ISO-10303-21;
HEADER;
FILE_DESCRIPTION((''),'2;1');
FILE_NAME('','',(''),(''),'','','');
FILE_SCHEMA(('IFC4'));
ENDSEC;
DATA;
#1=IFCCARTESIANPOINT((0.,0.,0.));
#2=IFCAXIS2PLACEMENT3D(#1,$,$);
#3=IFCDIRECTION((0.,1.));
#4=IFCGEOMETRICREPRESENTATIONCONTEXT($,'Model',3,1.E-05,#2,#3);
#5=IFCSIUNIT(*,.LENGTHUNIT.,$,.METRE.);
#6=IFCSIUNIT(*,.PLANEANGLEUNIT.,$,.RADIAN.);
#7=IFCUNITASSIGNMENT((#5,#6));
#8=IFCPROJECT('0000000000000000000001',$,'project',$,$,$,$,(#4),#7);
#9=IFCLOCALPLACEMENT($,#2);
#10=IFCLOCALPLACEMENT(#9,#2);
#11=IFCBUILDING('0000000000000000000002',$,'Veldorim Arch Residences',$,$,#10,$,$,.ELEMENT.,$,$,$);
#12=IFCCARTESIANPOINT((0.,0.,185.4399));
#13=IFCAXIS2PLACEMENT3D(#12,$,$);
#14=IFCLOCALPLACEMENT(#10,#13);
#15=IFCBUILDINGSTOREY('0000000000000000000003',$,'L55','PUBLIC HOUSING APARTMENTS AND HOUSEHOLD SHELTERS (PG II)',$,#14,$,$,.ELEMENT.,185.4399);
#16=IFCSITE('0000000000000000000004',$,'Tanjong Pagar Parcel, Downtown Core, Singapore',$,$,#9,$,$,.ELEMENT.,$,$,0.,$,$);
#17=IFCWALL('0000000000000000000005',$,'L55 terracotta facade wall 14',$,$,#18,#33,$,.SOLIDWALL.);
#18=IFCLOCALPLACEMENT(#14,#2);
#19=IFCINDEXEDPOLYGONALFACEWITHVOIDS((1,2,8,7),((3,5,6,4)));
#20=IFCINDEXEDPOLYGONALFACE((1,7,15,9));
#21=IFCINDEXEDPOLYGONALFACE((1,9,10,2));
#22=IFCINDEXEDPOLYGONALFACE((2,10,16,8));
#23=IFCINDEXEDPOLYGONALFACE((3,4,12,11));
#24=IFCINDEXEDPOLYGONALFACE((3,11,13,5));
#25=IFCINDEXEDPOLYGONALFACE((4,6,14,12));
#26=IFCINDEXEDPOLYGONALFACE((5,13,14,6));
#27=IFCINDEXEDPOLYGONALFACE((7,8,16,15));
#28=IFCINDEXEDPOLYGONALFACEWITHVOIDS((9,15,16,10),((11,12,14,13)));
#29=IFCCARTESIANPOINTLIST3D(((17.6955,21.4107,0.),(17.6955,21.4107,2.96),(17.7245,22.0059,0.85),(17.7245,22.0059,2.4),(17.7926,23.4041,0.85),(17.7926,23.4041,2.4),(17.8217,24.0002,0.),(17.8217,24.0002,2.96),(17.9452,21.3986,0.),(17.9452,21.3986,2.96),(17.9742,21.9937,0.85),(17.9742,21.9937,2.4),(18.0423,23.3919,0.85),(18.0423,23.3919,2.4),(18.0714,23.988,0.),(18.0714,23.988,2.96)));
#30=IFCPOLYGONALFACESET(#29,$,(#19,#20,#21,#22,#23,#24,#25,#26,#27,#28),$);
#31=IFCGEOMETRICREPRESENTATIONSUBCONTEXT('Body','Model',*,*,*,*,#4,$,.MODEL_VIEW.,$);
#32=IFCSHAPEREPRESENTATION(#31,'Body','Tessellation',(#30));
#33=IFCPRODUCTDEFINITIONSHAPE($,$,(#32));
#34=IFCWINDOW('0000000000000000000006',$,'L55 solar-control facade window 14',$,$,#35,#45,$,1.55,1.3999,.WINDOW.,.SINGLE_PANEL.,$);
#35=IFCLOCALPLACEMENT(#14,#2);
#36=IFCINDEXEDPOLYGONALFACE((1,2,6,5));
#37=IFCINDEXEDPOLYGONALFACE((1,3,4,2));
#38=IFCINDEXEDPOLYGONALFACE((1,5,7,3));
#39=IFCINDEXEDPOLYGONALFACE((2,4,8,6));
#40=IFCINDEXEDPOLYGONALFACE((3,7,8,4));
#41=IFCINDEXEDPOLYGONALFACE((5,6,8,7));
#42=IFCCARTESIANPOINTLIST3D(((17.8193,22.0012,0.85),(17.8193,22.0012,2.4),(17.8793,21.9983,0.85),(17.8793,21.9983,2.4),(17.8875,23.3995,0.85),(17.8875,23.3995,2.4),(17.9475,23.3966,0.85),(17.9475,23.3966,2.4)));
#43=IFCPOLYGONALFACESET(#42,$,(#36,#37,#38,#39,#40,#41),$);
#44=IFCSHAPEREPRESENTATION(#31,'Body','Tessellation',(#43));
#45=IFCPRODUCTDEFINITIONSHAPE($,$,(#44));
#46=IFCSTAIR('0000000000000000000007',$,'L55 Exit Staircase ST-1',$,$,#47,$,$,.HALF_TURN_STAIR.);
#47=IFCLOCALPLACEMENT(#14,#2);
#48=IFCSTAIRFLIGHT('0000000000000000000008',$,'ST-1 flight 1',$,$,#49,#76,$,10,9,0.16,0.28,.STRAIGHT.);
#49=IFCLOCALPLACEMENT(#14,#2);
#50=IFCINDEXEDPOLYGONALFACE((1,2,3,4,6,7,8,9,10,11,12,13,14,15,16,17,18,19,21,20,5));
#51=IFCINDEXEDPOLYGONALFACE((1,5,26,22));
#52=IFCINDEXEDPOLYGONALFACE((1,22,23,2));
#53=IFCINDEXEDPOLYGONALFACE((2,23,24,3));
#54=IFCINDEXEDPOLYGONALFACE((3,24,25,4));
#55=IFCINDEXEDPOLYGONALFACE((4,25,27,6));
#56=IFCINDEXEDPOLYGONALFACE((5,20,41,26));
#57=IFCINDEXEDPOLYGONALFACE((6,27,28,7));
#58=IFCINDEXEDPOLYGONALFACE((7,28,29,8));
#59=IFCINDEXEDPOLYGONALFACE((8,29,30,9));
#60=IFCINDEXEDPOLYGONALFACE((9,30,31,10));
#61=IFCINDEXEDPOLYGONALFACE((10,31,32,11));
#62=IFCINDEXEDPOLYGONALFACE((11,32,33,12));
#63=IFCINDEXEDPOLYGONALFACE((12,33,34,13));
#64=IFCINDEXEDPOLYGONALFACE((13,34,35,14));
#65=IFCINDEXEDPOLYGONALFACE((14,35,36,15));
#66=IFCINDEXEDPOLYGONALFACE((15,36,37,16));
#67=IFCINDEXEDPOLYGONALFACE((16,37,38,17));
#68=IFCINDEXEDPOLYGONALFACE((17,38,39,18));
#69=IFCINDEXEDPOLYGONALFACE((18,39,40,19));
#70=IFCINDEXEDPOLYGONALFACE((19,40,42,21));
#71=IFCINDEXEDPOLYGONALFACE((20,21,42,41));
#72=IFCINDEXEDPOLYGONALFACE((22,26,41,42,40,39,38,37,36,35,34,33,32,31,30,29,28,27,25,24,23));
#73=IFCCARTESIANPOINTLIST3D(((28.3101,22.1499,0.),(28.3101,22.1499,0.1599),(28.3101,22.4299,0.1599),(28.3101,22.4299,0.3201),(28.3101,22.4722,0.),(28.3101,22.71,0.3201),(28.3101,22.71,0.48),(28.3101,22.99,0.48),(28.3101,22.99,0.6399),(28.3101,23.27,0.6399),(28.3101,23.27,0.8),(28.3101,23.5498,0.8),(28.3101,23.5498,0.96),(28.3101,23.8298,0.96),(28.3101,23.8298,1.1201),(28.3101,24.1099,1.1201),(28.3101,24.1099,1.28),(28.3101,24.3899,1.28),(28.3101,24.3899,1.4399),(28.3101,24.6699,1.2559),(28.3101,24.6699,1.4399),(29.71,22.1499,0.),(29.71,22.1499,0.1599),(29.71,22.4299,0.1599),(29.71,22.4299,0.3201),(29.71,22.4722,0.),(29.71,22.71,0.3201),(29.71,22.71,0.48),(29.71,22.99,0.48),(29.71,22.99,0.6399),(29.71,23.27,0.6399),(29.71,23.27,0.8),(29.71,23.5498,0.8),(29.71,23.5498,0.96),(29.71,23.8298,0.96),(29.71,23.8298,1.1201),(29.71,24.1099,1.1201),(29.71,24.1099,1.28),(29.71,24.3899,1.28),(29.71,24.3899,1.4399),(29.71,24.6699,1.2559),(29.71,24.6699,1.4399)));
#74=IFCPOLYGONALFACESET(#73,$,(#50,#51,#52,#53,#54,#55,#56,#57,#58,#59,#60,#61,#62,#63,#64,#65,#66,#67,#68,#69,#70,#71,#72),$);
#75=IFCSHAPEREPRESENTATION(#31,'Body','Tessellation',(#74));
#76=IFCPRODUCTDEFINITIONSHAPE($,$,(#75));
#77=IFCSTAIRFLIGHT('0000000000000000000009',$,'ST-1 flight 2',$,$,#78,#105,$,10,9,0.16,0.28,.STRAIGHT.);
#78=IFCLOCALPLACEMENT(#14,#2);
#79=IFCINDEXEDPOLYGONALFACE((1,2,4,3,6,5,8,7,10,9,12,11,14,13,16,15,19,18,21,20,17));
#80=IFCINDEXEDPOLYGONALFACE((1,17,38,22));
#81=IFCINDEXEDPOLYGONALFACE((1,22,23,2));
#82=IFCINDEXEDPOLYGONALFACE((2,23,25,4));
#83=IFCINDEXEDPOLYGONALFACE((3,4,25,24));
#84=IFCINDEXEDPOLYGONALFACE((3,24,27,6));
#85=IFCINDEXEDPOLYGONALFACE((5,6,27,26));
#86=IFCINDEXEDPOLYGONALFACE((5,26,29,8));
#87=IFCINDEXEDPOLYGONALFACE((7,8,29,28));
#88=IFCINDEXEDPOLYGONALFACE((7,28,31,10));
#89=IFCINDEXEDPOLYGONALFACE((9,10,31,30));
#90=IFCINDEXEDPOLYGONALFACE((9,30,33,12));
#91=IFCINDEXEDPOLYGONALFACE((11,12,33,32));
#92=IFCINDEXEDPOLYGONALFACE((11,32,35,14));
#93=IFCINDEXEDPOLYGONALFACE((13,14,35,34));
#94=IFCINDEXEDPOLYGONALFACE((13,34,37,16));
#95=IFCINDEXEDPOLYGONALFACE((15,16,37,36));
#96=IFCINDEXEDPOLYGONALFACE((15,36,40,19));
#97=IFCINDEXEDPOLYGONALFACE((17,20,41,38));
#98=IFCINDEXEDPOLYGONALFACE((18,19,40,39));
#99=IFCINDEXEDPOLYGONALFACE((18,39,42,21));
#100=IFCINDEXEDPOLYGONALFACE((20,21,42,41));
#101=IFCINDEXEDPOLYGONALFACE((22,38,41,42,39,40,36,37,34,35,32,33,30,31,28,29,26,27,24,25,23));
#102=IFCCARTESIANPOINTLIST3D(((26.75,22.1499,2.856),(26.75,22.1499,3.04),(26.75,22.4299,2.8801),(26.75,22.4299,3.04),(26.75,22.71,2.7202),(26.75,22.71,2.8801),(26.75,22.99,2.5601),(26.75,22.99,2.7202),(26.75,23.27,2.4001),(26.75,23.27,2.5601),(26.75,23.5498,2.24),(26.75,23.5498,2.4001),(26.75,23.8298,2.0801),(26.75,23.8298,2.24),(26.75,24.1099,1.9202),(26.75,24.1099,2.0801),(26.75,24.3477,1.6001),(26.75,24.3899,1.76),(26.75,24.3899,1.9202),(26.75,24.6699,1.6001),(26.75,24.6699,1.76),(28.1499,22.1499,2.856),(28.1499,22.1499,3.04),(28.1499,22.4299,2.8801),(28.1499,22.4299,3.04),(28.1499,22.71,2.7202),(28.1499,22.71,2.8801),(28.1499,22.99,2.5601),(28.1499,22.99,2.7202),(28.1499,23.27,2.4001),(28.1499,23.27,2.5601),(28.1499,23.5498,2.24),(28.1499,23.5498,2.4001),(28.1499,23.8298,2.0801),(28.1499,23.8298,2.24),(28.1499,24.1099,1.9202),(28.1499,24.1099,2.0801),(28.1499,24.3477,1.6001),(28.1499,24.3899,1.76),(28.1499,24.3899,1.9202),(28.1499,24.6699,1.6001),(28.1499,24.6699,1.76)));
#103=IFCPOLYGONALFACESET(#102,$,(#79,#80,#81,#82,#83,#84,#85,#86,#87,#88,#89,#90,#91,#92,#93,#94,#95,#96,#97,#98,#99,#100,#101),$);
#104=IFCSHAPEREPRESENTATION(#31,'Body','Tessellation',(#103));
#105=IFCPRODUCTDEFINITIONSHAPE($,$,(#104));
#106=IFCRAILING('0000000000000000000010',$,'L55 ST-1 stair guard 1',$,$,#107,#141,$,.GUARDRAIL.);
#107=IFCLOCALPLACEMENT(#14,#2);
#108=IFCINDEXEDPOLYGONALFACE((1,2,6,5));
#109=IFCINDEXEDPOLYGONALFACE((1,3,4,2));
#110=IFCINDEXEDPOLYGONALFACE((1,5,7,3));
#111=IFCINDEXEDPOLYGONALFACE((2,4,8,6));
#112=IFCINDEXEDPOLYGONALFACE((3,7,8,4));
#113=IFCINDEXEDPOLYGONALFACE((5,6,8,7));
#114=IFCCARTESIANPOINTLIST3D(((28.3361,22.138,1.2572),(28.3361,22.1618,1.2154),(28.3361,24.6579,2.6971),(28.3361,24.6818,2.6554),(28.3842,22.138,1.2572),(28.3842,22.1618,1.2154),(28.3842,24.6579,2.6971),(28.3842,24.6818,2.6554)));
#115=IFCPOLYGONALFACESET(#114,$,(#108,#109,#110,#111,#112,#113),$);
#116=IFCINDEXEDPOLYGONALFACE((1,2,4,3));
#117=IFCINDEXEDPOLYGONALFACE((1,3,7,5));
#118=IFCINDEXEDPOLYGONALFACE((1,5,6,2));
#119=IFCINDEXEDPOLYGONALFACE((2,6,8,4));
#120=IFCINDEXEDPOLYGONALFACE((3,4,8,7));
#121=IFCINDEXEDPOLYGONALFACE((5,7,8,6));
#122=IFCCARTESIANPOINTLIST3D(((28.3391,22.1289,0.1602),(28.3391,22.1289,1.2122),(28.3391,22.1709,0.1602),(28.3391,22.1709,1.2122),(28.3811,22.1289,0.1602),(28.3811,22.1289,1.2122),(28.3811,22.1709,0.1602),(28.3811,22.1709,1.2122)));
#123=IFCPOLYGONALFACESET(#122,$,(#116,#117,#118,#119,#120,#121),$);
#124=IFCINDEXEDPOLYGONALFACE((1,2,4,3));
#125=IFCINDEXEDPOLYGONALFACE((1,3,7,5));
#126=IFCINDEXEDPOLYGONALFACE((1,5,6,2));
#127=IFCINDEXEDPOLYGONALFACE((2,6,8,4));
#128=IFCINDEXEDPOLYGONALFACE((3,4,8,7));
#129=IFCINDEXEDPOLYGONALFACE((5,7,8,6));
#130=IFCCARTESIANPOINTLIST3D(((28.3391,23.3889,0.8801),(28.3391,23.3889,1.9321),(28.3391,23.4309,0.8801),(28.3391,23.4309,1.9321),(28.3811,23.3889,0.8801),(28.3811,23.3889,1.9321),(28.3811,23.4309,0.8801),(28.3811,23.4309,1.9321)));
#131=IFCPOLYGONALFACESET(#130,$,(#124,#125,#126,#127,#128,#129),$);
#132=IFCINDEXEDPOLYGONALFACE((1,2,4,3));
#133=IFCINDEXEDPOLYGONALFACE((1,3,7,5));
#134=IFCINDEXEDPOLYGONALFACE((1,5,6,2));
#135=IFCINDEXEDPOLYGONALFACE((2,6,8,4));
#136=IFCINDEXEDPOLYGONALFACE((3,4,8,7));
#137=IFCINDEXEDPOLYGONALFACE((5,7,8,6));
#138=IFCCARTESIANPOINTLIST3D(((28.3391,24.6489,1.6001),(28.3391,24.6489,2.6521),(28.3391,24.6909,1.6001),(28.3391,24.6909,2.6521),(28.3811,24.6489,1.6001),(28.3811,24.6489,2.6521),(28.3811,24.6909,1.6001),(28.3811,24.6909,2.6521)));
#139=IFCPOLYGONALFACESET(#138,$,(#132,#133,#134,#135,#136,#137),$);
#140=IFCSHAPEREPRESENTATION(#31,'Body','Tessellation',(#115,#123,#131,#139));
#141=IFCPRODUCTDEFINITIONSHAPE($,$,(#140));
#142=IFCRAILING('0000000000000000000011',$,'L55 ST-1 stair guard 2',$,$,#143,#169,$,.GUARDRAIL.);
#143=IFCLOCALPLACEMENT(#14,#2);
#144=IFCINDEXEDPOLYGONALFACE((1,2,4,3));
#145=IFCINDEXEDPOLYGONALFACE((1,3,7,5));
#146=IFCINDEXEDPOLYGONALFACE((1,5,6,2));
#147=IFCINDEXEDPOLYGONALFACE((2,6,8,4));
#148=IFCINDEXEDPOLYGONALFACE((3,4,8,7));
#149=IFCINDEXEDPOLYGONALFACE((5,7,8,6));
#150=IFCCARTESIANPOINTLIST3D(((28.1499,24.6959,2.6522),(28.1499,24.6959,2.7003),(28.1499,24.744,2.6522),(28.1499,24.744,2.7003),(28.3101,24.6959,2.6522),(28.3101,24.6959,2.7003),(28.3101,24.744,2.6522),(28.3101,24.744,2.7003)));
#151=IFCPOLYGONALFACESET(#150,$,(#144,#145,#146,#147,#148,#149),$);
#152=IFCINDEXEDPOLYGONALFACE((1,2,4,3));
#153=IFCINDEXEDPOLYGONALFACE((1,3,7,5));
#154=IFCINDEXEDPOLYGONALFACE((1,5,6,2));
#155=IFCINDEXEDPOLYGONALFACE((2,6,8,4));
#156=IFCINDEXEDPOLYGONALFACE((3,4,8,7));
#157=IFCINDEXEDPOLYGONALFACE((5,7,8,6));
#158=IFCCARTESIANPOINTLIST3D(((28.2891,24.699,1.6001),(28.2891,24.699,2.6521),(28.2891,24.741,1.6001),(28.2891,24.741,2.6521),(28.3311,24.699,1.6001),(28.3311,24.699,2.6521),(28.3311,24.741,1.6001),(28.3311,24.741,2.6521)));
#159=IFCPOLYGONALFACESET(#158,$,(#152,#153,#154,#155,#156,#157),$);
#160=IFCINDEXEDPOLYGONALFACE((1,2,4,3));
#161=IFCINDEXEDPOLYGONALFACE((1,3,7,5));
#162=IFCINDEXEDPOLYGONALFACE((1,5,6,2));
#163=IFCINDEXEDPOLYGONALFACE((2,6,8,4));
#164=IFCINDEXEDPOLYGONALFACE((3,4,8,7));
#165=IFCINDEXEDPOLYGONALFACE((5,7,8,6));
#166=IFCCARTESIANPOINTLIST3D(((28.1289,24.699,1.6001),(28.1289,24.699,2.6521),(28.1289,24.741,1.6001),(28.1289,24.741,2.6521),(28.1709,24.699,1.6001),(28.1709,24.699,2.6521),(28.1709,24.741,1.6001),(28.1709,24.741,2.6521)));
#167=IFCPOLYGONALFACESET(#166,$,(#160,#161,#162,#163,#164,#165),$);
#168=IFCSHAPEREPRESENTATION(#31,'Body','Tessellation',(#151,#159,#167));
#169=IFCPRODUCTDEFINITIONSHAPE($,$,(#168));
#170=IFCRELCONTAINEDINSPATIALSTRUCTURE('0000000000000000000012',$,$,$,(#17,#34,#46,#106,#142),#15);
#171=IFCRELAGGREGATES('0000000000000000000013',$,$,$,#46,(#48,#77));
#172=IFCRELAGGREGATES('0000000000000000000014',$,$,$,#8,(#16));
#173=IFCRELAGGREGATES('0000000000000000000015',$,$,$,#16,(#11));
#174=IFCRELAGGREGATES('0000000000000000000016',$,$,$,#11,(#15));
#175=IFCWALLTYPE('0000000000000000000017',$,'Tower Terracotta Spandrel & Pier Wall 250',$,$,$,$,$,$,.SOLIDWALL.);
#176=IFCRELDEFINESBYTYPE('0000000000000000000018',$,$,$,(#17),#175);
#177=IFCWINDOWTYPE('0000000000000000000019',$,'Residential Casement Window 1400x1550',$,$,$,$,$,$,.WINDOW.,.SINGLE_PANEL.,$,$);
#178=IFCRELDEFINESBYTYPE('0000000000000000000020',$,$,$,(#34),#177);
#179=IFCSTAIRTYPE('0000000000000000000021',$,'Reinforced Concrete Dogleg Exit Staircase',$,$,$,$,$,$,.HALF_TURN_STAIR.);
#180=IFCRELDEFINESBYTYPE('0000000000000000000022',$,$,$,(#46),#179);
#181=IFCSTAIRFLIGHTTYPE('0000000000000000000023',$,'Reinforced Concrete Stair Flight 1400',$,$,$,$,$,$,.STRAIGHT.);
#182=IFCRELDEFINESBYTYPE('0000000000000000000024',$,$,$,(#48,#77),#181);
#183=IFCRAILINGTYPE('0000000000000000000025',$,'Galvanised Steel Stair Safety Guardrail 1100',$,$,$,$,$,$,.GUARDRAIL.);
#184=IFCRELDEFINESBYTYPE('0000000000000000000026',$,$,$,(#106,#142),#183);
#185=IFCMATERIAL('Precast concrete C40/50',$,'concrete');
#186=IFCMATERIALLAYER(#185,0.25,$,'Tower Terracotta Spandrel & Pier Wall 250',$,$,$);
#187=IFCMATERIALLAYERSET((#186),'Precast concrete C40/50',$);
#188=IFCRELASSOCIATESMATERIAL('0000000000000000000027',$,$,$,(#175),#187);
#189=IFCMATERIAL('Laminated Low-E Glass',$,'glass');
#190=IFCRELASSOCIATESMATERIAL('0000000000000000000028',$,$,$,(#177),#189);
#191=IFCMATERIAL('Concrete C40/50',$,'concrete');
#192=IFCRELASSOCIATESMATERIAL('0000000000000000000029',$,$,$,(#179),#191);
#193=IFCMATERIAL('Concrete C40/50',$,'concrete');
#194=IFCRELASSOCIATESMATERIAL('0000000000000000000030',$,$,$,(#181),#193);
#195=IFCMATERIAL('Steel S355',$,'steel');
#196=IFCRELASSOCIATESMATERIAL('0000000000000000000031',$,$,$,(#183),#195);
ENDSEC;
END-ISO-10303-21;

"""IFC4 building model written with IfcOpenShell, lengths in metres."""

from ifc_helpers import new_model, si_unit, direction, frame, frame_2d, origin, origin_2d, place, context, subcontext, project, spatial, polyline, rectangle, outline, extrude, material, layer, layer_set, type_object, element, fill, aggregate, save


model = new_model("IFC4")

# Units and contexts
model_context = context("Model", 3, precision=1e-05, world=origin(), true_north=direction((0.0, 1.0)))
body_context = subcontext(model_context, "Body", "Model", "MODEL_VIEW")
ifc_project = project(units=[si_unit("LENGTHUNIT", "METRE"), si_unit("PLANEANGLEUNIT", "RADIAN")], contexts=[model_context])

# Site, building, storey
site_placement = place(None, origin())
site = spatial("IfcSite", under=ifc_project, at=site_placement, Name="Tanjong Pagar Parcel, Downtown Core, Singapore", CompositionType="ELEMENT", RefElevation=0.0)
building_placement = place(site_placement, origin())
building = spatial("IfcBuilding", under=site, at=building_placement, Name="Veldorim Arch Residences", CompositionType="ELEMENT")
storey_placement = place(building_placement, frame((0.0, 0.0, 185.4399)))
storey = spatial("IfcBuildingStorey", under=building, at=storey_placement, Name="L55", Description="PUBLIC HOUSING APARTMENTS AND HOUSEHOLD SHELTERS (PG II)", CompositionType="ELEMENT", Elevation=185.4399)

# Wall, opening, window
ifc_material_1 = material(Name="Precast concrete C40/50", Category="concrete")
ifc_layer_1 = layer(ifc_material_1, 0.25, Name="Tower Terracotta Spandrel & Pier Wall 250")
ifc_layer_set_1 = layer_set([ifc_layer_1], Name="Precast concrete C40/50")
wall_type_1 = type_object("IfcWallType", Name="Tower Terracotta Spandrel & Pier Wall 250", PredefinedType="SOLIDWALL", material=ifc_layer_set_1)
ifc_material_2 = material(Name="Laminated Low-E Glass", Category="glass")
window_type_1 = type_object("IfcWindowType", Name="Residential Casement Window 1400x1550", PartitioningType="SINGLE_PANEL", PredefinedType="WINDOW", material=ifc_material_2)
wall_1_placement = place(storey_placement, frame((17.8203, 21.4045, 0.0), z_axis=(0.0, 0.0, 1.0), x_axis=(0.048688, 0.998814, 0.0)))
wall_1 = element("IfcWall", 1, at=wall_1_placement, inside=storey, type_object=wall_type_1, Name="L55 terracotta facade wall 14", PredefinedType="SOLIDWALL", context=body_context, shape_type="SweptSolid", body=[
    extrude(rectangle(XDim=2.5925, YDim=0.25, at=frame_2d((1.2964, 0.0))), origin(), (0.0, 0.0, 1.0), 2.96),
])
opening_1_placement = place(wall_1_placement, frame((0.5959, 0.0, 0.8501)))
opening_1 = element("IfcOpeningElement", 2, at=opening_1_placement, cuts=wall_1, PredefinedType="OPENING", context=body_context, shape_type="SweptSolid", body=[
    extrude(rectangle(XDim=1.3999, YDim=1.55, at=frame_2d((0.7, 0.7749))), frame((0.0, 0.135, 0.0), z_axis=(0.0, -1.0, 0.0), x_axis=(1.0, 0.0, 0.0)), (0.0, 0.0, 1.0), 0.27),
])
window_1_placement = place(opening_1_placement, origin())
window_1 = element("IfcWindow", 3, at=window_1_placement, inside=storey, type_object=window_type_1, Name="L55 solar-control facade window 14", OverallHeight=1.55, OverallWidth=1.3999, PartitioningType="SINGLE_PANEL", PredefinedType="WINDOW", context=body_context, shape_type="SweptSolid", body=[
    extrude(rectangle(XDim=1.3999, YDim=1.55, at=frame_2d((0.7, 0.7749))), frame((0.0, 0.03, 0.0), z_axis=(0.0, -1.0, 0.0), x_axis=(1.0, 0.0, 0.0)), (0.0, 0.0, 1.0), 0.0601),
])
fill(opening_1, window_1)

# Stair, stair flights
ifc_material_3 = material(Name="Concrete C40/50", Category="concrete")
stair_type = type_object("IfcStairType", Name="Reinforced Concrete Dogleg Exit Staircase", PredefinedType="HALF_TURN_STAIR", material=ifc_material_3)
stair_placement = place(storey_placement, origin())
stair = element("IfcStair", 4, at=stair_placement, inside=storey, type_object=stair_type, Name="L55 Exit Staircase ST-1", PredefinedType="HALF_TURN_STAIR")
ifc_material_4 = material(Name="Concrete C40/50", Category="concrete")
stair_flight_type = type_object("IfcStairFlightType", Name="Reinforced Concrete Stair Flight 1400", PredefinedType="STRAIGHT", material=ifc_material_4)
stair_flight_1_placement = place(storey_placement, frame((29.01, 22.1499, 0.0), z_axis=(0.0, 0.0, 1.0), x_axis=(0.0, 1.0, 0.0)))
stair_flight_1 = element("IfcStairFlight", 5, at=stair_flight_1_placement, type_object=stair_flight_type, Name="ST-1 flight 1", NumberOfRisers=10, NumberOfTreads=9, PredefinedType="STRAIGHT", RiserHeight=0.16, TreadLength=0.28, context=body_context, shape_type="SweptSolid", body=[
    extrude(outline(polyline([(0.0, 0.0), (0.0, 0.1599), (0.28, 0.1599), (0.28, 0.3201), (0.5601, 0.3201), (0.5601, 0.48), (0.8401, 0.48), (0.8401, 0.6399), (1.1201, 0.6399), (1.1201, 0.8), (1.3999, 0.8), (1.3999, 0.96), (1.6799, 0.96), (1.6799, 1.1201), (1.96, 1.1201), (1.96, 1.28), (2.24, 1.28), (2.24, 1.4399), (2.52, 1.4399), (2.52, 1.6001), (2.52, 1.2559), (0.3223, 0.0), (0.0, 0.0)])), frame((0.0, 0.7, 0.0), z_axis=(0.0, -1.0, 0.0), x_axis=(1.0, 0.0, 0.0)), (0.0, 0.0, 1.0), 1.3999),
])
stair_flight_2_placement = place(storey_placement, frame((27.45, 24.6699, 1.6001), z_axis=(0.0, 0.0, 1.0), x_axis=(0.0, -1.0, 0.0)))
stair_flight_2 = element("IfcStairFlight", 6, at=stair_flight_2_placement, type_object=stair_flight_type, Name="ST-1 flight 2", NumberOfRisers=10, NumberOfTreads=9, PredefinedType="STRAIGHT", RiserHeight=0.16, TreadLength=0.28, context=body_context, shape_type="SweptSolid", body=[
    extrude(outline(polyline([(0.0, 0.0), (0.0, 0.1599), (0.28, 0.1599), (0.28, 0.3201), (0.5601, 0.3201), (0.5601, 0.48), (0.8401, 0.48), (0.8401, 0.6399), (1.1201, 0.6399), (1.1201, 0.8), (1.3999, 0.8), (1.3999, 0.96), (1.6799, 0.96), (1.6799, 1.1201), (1.96, 1.1201), (1.96, 1.28), (2.24, 1.28), (2.24, 1.4399), (2.52, 1.4399), (2.52, 1.6001), (2.52, 1.2559), (0.3223, 0.0), (0.0, 0.0)])), frame((0.0, 0.7, 0.0), z_axis=(0.0, -1.0, 0.0), x_axis=(1.0, 0.0, 0.0)), (0.0, 0.0, 1.0), 1.3999),
])
aggregate(stair, [stair_flight_1, stair_flight_2])

# Railings
ifc_material_5 = material(Name="Steel S355", Category="steel")
railing_type_1 = type_object("IfcRailingType", Name="Galvanised Steel Stair Safety Guardrail 1100", PredefinedType="GUARDRAIL", material=ifc_material_5)
railing_1_placement = place(storey_placement, frame((28.3601, 22.1499, 0.1602)))
element("IfcRailing", 7, at=railing_1_placement, inside=storey, type_object=railing_type_1, Name="L55 ST-1 stair guard 1", PredefinedType="GUARDRAIL", context=body_context, shape_type="SweptSolid", body=[
    extrude(rectangle(XDim=0.0481, YDim=0.0481, at=origin_2d()), frame((0.0, 0.0, 1.0762), z_axis=(0.0, 0.868253, 0.496121), x_axis=(-1.0, 0.0, 0.0)), (0.0, 0.0, 1.0), 2.9023),
    extrude(rectangle(XDim=0.042, YDim=0.042, at=origin_2d()), origin(), (0.0, 0.0, 1.0), 1.052),
    extrude(rectangle(XDim=0.042, YDim=0.042, at=origin_2d()), frame((0.0, 1.26, 0.72)), (0.0, 0.0, 1.0), 1.052),
    extrude(rectangle(XDim=0.042, YDim=0.042, at=origin_2d()), frame((0.0, 2.52, 1.4399)), (0.0, 0.0, 1.0), 1.052),
])
railing_2_placement = place(storey_placement, frame((28.3101, 24.72, 1.6001)))
element("IfcRailing", 8, at=railing_2_placement, inside=storey, type_object=railing_type_1, Name="L55 ST-1 stair guard 2", PredefinedType="GUARDRAIL", context=body_context, shape_type="SweptSolid", body=[
    extrude(rectangle(XDim=0.0481, YDim=0.0481, at=origin_2d()), frame((0.0, 0.0, 1.0762), z_axis=(-1.0, 0.0, 0.0), x_axis=(0.0, -1.0, 0.0)), (0.0, 0.0, 1.0), 0.1602),
    extrude(rectangle(XDim=0.042, YDim=0.042, at=origin_2d()), origin(), (0.0, 0.0, 1.0), 1.052),
    extrude(rectangle(XDim=0.042, YDim=0.042, at=origin_2d()), frame((-0.1602, 0.0, 0.0)), (0.0, 0.0, 1.0), 1.052),
])

save(model, "model.ifc")
